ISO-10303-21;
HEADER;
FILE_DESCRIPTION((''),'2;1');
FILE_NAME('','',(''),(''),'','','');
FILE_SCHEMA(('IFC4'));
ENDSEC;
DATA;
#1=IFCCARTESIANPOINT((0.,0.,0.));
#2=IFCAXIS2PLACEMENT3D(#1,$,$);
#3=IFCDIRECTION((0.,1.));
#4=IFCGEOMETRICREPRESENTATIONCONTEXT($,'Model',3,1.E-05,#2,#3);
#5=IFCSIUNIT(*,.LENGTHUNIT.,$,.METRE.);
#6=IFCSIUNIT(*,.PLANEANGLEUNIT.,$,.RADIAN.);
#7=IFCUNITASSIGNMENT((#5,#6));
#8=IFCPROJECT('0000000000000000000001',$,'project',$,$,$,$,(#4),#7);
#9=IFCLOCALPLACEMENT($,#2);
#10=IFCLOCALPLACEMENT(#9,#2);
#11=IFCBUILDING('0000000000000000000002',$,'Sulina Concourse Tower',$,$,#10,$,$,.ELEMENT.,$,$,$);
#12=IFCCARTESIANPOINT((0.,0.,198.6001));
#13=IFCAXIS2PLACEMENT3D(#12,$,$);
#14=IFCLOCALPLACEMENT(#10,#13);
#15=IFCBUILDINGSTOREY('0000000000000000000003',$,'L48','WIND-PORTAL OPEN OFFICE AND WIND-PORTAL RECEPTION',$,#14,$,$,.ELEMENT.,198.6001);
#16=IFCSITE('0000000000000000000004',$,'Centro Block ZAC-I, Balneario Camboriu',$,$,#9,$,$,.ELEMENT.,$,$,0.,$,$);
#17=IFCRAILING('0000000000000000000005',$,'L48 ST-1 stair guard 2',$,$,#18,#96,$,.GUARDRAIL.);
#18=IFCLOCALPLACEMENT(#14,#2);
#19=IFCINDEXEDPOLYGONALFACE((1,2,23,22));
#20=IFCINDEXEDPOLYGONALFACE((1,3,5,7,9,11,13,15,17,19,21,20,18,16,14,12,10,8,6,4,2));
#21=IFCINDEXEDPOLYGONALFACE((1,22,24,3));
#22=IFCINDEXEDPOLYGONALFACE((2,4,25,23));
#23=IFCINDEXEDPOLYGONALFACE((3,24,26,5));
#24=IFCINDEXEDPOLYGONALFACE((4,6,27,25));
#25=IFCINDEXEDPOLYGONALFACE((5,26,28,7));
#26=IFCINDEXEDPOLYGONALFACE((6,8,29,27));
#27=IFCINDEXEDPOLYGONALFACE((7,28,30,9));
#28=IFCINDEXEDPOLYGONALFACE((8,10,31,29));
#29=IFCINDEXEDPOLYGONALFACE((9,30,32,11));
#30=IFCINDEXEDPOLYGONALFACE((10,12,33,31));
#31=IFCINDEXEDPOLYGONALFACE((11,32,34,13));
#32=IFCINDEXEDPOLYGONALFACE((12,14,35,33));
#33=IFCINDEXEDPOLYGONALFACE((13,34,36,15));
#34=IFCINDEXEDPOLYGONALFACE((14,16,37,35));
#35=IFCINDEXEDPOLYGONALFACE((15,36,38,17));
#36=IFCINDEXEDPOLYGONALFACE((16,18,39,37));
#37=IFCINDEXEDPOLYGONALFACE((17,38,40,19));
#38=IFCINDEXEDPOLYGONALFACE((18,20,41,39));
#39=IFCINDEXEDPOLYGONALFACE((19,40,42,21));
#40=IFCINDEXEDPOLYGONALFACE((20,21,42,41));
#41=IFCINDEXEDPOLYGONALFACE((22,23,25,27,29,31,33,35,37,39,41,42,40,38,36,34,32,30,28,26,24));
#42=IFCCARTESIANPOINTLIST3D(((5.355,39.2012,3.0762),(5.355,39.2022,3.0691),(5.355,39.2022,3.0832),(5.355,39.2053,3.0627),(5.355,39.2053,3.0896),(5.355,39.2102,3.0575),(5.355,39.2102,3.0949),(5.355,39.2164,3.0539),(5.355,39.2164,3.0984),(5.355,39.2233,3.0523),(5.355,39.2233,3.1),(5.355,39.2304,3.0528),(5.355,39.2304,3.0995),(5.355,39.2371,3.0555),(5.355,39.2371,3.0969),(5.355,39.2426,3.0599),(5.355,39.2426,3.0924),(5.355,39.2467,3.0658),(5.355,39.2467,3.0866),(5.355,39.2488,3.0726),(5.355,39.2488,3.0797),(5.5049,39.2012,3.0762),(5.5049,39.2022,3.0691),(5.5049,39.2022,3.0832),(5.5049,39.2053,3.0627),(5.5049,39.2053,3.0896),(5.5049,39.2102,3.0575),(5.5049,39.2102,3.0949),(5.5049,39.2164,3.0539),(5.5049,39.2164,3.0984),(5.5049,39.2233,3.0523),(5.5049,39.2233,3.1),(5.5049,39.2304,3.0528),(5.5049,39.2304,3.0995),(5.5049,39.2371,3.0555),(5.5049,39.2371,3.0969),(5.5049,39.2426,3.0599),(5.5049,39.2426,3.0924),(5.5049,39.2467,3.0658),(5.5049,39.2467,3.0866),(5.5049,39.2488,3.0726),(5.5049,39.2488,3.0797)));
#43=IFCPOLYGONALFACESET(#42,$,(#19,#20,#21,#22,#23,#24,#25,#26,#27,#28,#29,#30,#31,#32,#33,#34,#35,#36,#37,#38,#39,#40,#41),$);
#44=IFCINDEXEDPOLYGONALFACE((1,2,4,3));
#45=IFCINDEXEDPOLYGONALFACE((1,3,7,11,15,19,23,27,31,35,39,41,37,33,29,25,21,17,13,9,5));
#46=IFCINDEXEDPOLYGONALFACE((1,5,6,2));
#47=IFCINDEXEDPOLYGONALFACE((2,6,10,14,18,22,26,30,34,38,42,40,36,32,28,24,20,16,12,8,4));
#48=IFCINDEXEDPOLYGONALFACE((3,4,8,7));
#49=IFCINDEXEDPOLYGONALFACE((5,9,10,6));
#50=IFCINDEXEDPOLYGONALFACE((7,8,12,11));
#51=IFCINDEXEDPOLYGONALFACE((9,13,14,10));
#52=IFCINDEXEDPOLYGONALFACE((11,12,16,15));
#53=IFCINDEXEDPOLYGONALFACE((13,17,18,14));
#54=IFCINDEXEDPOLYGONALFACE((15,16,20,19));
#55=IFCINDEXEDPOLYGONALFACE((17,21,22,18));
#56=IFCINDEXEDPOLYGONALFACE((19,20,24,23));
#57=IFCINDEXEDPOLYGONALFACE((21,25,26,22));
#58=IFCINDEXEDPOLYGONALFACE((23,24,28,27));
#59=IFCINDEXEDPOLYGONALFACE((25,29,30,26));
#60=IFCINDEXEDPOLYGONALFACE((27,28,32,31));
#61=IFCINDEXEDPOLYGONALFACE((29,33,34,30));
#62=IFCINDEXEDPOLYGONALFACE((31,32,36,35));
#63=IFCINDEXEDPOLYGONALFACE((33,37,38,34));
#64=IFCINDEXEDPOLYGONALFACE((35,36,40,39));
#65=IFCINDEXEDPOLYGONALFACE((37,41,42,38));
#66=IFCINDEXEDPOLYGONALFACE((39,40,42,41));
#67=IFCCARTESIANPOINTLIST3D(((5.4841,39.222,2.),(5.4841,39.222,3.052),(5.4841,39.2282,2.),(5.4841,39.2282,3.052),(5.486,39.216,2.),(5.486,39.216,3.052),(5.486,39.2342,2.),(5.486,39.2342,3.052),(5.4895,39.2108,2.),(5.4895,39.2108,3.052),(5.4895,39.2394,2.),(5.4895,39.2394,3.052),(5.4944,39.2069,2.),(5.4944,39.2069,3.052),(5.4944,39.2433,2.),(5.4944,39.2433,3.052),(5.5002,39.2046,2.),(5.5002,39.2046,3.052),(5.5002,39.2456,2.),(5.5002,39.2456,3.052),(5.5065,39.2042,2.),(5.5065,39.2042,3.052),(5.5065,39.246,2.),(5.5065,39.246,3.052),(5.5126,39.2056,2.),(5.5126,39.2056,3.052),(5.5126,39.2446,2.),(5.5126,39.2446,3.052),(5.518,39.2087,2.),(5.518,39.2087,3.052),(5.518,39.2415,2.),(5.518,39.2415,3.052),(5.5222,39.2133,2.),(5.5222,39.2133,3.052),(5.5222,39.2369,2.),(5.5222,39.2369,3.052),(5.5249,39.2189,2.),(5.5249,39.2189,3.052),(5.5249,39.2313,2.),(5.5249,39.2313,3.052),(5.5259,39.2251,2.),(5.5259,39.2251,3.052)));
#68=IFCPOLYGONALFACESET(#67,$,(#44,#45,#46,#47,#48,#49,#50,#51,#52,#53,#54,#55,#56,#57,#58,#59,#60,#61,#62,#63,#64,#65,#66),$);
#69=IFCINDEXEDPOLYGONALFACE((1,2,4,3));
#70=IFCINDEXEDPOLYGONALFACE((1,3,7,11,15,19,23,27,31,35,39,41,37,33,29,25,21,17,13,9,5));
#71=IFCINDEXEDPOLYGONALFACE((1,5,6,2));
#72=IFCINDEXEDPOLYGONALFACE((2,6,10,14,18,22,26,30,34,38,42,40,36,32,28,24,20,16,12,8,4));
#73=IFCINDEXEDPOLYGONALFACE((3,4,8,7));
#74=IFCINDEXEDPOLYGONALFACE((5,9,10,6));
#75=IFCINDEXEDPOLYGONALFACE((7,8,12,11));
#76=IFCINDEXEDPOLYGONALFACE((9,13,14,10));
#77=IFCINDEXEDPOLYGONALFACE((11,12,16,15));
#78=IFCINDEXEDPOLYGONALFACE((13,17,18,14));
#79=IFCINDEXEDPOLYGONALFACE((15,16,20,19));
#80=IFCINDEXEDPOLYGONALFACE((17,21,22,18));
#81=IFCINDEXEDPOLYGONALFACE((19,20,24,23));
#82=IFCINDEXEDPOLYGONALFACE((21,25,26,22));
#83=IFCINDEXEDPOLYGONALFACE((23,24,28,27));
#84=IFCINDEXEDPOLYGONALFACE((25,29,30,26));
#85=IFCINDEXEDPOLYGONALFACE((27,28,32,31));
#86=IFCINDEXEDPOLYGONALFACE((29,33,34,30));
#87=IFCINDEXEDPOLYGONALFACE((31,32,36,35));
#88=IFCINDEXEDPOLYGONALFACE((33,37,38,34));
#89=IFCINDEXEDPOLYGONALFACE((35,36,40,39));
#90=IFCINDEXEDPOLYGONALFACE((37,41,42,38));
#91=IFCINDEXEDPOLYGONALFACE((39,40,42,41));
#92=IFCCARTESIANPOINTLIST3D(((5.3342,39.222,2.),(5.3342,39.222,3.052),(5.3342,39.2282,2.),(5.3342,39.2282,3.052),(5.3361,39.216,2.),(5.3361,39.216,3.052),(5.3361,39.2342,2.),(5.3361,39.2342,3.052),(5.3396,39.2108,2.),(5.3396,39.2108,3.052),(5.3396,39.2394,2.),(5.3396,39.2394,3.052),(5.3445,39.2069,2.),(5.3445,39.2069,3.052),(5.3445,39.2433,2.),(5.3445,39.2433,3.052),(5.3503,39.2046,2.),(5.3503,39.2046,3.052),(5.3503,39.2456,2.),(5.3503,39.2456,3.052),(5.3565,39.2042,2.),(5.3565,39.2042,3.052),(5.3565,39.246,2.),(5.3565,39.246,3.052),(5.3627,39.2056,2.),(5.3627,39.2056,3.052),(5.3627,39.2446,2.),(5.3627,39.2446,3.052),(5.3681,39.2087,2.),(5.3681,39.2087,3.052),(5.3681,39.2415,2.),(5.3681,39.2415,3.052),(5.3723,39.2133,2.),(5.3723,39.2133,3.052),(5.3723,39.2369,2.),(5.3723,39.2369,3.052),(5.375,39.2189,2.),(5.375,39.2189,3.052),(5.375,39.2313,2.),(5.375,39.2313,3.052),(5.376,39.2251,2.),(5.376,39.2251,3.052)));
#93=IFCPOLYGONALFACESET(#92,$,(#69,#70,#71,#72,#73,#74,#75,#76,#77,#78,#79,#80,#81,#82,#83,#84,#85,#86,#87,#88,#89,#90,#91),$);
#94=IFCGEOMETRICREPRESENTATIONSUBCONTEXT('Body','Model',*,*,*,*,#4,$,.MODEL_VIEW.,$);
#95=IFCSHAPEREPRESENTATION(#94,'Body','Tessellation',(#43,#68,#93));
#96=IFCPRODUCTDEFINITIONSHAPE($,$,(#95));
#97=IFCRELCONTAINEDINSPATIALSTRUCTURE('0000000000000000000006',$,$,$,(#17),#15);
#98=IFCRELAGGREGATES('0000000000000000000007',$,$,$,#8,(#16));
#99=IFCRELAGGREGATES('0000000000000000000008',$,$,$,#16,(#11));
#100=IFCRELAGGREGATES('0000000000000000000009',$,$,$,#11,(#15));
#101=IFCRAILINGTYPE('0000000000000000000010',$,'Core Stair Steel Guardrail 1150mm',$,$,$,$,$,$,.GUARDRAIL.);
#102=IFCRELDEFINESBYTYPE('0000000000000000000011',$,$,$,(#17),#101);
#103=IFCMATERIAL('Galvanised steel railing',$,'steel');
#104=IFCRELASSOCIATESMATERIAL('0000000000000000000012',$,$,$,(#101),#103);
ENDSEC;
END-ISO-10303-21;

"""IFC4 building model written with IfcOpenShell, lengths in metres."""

from ifc_helpers import new_model, si_unit, direction, frame, origin, origin_2d, place, context, subcontext, project, spatial, circle, extrude, material, type_object, element, save


model = new_model("IFC4")

# Units and contexts
model_context = context("Model", 3, precision=1e-05, world=origin(), true_north=direction((0.0, 1.0)))
body_context = subcontext(model_context, "Body", "Model", "MODEL_VIEW")
ifc_project = project(units=[si_unit("LENGTHUNIT", "METRE"), si_unit("PLANEANGLEUNIT", "RADIAN")], contexts=[model_context])

# Site, building, storey
site_placement = place(None, origin())
site = spatial("IfcSite", under=ifc_project, at=site_placement, Name="Centro Block ZAC-I, Balneario Camboriu", CompositionType="ELEMENT", RefElevation=0.0)
building_placement = place(site_placement, origin())
building = spatial("IfcBuilding", under=site, at=building_placement, Name="Sulina Concourse Tower", CompositionType="ELEMENT")
storey_placement = place(building_placement, frame((0.0, 0.0, 198.6001)))
storey = spatial("IfcBuildingStorey", under=building, at=storey_placement, Name="L48", Description="WIND-PORTAL OPEN OFFICE AND WIND-PORTAL RECEPTION", CompositionType="ELEMENT", Elevation=198.6001)

# Railing
ifc_material_1 = material(Name="Galvanised steel railing", Category="steel")
railing_type_1 = type_object("IfcRailingType", Name="Core Stair Steel Guardrail 1150mm", PredefinedType="GUARDRAIL", material=ifc_material_1)
railing_1_placement = place(storey_placement, frame((5.5049, 39.2251, 2.0)))
element("IfcRailing", 1, at=railing_1_placement, inside=storey, type_object=railing_type_1, Name="L48 ST-1 stair guard 2", PredefinedType="GUARDRAIL", context=body_context, shape_type="SweptSolid", body=[
    extrude(circle(Radius=0.0239, at=origin_2d()), frame((0.0, 0.0, 1.0762), z_axis=(-1.0, 0.0, 0.0), x_axis=(0.0, -1.0, 0.0)), (0.0, 0.0, 1.0), 0.1499),
    extrude(circle(Radius=0.021, at=origin_2d()), origin(), (0.0, 0.0, 1.0), 1.052),
    extrude(circle(Radius=0.021, at=origin_2d()), frame((-0.1499, 0.0, 0.0)), (0.0, 0.0, 1.0), 1.052),
])

save(model, "model.ifc")
